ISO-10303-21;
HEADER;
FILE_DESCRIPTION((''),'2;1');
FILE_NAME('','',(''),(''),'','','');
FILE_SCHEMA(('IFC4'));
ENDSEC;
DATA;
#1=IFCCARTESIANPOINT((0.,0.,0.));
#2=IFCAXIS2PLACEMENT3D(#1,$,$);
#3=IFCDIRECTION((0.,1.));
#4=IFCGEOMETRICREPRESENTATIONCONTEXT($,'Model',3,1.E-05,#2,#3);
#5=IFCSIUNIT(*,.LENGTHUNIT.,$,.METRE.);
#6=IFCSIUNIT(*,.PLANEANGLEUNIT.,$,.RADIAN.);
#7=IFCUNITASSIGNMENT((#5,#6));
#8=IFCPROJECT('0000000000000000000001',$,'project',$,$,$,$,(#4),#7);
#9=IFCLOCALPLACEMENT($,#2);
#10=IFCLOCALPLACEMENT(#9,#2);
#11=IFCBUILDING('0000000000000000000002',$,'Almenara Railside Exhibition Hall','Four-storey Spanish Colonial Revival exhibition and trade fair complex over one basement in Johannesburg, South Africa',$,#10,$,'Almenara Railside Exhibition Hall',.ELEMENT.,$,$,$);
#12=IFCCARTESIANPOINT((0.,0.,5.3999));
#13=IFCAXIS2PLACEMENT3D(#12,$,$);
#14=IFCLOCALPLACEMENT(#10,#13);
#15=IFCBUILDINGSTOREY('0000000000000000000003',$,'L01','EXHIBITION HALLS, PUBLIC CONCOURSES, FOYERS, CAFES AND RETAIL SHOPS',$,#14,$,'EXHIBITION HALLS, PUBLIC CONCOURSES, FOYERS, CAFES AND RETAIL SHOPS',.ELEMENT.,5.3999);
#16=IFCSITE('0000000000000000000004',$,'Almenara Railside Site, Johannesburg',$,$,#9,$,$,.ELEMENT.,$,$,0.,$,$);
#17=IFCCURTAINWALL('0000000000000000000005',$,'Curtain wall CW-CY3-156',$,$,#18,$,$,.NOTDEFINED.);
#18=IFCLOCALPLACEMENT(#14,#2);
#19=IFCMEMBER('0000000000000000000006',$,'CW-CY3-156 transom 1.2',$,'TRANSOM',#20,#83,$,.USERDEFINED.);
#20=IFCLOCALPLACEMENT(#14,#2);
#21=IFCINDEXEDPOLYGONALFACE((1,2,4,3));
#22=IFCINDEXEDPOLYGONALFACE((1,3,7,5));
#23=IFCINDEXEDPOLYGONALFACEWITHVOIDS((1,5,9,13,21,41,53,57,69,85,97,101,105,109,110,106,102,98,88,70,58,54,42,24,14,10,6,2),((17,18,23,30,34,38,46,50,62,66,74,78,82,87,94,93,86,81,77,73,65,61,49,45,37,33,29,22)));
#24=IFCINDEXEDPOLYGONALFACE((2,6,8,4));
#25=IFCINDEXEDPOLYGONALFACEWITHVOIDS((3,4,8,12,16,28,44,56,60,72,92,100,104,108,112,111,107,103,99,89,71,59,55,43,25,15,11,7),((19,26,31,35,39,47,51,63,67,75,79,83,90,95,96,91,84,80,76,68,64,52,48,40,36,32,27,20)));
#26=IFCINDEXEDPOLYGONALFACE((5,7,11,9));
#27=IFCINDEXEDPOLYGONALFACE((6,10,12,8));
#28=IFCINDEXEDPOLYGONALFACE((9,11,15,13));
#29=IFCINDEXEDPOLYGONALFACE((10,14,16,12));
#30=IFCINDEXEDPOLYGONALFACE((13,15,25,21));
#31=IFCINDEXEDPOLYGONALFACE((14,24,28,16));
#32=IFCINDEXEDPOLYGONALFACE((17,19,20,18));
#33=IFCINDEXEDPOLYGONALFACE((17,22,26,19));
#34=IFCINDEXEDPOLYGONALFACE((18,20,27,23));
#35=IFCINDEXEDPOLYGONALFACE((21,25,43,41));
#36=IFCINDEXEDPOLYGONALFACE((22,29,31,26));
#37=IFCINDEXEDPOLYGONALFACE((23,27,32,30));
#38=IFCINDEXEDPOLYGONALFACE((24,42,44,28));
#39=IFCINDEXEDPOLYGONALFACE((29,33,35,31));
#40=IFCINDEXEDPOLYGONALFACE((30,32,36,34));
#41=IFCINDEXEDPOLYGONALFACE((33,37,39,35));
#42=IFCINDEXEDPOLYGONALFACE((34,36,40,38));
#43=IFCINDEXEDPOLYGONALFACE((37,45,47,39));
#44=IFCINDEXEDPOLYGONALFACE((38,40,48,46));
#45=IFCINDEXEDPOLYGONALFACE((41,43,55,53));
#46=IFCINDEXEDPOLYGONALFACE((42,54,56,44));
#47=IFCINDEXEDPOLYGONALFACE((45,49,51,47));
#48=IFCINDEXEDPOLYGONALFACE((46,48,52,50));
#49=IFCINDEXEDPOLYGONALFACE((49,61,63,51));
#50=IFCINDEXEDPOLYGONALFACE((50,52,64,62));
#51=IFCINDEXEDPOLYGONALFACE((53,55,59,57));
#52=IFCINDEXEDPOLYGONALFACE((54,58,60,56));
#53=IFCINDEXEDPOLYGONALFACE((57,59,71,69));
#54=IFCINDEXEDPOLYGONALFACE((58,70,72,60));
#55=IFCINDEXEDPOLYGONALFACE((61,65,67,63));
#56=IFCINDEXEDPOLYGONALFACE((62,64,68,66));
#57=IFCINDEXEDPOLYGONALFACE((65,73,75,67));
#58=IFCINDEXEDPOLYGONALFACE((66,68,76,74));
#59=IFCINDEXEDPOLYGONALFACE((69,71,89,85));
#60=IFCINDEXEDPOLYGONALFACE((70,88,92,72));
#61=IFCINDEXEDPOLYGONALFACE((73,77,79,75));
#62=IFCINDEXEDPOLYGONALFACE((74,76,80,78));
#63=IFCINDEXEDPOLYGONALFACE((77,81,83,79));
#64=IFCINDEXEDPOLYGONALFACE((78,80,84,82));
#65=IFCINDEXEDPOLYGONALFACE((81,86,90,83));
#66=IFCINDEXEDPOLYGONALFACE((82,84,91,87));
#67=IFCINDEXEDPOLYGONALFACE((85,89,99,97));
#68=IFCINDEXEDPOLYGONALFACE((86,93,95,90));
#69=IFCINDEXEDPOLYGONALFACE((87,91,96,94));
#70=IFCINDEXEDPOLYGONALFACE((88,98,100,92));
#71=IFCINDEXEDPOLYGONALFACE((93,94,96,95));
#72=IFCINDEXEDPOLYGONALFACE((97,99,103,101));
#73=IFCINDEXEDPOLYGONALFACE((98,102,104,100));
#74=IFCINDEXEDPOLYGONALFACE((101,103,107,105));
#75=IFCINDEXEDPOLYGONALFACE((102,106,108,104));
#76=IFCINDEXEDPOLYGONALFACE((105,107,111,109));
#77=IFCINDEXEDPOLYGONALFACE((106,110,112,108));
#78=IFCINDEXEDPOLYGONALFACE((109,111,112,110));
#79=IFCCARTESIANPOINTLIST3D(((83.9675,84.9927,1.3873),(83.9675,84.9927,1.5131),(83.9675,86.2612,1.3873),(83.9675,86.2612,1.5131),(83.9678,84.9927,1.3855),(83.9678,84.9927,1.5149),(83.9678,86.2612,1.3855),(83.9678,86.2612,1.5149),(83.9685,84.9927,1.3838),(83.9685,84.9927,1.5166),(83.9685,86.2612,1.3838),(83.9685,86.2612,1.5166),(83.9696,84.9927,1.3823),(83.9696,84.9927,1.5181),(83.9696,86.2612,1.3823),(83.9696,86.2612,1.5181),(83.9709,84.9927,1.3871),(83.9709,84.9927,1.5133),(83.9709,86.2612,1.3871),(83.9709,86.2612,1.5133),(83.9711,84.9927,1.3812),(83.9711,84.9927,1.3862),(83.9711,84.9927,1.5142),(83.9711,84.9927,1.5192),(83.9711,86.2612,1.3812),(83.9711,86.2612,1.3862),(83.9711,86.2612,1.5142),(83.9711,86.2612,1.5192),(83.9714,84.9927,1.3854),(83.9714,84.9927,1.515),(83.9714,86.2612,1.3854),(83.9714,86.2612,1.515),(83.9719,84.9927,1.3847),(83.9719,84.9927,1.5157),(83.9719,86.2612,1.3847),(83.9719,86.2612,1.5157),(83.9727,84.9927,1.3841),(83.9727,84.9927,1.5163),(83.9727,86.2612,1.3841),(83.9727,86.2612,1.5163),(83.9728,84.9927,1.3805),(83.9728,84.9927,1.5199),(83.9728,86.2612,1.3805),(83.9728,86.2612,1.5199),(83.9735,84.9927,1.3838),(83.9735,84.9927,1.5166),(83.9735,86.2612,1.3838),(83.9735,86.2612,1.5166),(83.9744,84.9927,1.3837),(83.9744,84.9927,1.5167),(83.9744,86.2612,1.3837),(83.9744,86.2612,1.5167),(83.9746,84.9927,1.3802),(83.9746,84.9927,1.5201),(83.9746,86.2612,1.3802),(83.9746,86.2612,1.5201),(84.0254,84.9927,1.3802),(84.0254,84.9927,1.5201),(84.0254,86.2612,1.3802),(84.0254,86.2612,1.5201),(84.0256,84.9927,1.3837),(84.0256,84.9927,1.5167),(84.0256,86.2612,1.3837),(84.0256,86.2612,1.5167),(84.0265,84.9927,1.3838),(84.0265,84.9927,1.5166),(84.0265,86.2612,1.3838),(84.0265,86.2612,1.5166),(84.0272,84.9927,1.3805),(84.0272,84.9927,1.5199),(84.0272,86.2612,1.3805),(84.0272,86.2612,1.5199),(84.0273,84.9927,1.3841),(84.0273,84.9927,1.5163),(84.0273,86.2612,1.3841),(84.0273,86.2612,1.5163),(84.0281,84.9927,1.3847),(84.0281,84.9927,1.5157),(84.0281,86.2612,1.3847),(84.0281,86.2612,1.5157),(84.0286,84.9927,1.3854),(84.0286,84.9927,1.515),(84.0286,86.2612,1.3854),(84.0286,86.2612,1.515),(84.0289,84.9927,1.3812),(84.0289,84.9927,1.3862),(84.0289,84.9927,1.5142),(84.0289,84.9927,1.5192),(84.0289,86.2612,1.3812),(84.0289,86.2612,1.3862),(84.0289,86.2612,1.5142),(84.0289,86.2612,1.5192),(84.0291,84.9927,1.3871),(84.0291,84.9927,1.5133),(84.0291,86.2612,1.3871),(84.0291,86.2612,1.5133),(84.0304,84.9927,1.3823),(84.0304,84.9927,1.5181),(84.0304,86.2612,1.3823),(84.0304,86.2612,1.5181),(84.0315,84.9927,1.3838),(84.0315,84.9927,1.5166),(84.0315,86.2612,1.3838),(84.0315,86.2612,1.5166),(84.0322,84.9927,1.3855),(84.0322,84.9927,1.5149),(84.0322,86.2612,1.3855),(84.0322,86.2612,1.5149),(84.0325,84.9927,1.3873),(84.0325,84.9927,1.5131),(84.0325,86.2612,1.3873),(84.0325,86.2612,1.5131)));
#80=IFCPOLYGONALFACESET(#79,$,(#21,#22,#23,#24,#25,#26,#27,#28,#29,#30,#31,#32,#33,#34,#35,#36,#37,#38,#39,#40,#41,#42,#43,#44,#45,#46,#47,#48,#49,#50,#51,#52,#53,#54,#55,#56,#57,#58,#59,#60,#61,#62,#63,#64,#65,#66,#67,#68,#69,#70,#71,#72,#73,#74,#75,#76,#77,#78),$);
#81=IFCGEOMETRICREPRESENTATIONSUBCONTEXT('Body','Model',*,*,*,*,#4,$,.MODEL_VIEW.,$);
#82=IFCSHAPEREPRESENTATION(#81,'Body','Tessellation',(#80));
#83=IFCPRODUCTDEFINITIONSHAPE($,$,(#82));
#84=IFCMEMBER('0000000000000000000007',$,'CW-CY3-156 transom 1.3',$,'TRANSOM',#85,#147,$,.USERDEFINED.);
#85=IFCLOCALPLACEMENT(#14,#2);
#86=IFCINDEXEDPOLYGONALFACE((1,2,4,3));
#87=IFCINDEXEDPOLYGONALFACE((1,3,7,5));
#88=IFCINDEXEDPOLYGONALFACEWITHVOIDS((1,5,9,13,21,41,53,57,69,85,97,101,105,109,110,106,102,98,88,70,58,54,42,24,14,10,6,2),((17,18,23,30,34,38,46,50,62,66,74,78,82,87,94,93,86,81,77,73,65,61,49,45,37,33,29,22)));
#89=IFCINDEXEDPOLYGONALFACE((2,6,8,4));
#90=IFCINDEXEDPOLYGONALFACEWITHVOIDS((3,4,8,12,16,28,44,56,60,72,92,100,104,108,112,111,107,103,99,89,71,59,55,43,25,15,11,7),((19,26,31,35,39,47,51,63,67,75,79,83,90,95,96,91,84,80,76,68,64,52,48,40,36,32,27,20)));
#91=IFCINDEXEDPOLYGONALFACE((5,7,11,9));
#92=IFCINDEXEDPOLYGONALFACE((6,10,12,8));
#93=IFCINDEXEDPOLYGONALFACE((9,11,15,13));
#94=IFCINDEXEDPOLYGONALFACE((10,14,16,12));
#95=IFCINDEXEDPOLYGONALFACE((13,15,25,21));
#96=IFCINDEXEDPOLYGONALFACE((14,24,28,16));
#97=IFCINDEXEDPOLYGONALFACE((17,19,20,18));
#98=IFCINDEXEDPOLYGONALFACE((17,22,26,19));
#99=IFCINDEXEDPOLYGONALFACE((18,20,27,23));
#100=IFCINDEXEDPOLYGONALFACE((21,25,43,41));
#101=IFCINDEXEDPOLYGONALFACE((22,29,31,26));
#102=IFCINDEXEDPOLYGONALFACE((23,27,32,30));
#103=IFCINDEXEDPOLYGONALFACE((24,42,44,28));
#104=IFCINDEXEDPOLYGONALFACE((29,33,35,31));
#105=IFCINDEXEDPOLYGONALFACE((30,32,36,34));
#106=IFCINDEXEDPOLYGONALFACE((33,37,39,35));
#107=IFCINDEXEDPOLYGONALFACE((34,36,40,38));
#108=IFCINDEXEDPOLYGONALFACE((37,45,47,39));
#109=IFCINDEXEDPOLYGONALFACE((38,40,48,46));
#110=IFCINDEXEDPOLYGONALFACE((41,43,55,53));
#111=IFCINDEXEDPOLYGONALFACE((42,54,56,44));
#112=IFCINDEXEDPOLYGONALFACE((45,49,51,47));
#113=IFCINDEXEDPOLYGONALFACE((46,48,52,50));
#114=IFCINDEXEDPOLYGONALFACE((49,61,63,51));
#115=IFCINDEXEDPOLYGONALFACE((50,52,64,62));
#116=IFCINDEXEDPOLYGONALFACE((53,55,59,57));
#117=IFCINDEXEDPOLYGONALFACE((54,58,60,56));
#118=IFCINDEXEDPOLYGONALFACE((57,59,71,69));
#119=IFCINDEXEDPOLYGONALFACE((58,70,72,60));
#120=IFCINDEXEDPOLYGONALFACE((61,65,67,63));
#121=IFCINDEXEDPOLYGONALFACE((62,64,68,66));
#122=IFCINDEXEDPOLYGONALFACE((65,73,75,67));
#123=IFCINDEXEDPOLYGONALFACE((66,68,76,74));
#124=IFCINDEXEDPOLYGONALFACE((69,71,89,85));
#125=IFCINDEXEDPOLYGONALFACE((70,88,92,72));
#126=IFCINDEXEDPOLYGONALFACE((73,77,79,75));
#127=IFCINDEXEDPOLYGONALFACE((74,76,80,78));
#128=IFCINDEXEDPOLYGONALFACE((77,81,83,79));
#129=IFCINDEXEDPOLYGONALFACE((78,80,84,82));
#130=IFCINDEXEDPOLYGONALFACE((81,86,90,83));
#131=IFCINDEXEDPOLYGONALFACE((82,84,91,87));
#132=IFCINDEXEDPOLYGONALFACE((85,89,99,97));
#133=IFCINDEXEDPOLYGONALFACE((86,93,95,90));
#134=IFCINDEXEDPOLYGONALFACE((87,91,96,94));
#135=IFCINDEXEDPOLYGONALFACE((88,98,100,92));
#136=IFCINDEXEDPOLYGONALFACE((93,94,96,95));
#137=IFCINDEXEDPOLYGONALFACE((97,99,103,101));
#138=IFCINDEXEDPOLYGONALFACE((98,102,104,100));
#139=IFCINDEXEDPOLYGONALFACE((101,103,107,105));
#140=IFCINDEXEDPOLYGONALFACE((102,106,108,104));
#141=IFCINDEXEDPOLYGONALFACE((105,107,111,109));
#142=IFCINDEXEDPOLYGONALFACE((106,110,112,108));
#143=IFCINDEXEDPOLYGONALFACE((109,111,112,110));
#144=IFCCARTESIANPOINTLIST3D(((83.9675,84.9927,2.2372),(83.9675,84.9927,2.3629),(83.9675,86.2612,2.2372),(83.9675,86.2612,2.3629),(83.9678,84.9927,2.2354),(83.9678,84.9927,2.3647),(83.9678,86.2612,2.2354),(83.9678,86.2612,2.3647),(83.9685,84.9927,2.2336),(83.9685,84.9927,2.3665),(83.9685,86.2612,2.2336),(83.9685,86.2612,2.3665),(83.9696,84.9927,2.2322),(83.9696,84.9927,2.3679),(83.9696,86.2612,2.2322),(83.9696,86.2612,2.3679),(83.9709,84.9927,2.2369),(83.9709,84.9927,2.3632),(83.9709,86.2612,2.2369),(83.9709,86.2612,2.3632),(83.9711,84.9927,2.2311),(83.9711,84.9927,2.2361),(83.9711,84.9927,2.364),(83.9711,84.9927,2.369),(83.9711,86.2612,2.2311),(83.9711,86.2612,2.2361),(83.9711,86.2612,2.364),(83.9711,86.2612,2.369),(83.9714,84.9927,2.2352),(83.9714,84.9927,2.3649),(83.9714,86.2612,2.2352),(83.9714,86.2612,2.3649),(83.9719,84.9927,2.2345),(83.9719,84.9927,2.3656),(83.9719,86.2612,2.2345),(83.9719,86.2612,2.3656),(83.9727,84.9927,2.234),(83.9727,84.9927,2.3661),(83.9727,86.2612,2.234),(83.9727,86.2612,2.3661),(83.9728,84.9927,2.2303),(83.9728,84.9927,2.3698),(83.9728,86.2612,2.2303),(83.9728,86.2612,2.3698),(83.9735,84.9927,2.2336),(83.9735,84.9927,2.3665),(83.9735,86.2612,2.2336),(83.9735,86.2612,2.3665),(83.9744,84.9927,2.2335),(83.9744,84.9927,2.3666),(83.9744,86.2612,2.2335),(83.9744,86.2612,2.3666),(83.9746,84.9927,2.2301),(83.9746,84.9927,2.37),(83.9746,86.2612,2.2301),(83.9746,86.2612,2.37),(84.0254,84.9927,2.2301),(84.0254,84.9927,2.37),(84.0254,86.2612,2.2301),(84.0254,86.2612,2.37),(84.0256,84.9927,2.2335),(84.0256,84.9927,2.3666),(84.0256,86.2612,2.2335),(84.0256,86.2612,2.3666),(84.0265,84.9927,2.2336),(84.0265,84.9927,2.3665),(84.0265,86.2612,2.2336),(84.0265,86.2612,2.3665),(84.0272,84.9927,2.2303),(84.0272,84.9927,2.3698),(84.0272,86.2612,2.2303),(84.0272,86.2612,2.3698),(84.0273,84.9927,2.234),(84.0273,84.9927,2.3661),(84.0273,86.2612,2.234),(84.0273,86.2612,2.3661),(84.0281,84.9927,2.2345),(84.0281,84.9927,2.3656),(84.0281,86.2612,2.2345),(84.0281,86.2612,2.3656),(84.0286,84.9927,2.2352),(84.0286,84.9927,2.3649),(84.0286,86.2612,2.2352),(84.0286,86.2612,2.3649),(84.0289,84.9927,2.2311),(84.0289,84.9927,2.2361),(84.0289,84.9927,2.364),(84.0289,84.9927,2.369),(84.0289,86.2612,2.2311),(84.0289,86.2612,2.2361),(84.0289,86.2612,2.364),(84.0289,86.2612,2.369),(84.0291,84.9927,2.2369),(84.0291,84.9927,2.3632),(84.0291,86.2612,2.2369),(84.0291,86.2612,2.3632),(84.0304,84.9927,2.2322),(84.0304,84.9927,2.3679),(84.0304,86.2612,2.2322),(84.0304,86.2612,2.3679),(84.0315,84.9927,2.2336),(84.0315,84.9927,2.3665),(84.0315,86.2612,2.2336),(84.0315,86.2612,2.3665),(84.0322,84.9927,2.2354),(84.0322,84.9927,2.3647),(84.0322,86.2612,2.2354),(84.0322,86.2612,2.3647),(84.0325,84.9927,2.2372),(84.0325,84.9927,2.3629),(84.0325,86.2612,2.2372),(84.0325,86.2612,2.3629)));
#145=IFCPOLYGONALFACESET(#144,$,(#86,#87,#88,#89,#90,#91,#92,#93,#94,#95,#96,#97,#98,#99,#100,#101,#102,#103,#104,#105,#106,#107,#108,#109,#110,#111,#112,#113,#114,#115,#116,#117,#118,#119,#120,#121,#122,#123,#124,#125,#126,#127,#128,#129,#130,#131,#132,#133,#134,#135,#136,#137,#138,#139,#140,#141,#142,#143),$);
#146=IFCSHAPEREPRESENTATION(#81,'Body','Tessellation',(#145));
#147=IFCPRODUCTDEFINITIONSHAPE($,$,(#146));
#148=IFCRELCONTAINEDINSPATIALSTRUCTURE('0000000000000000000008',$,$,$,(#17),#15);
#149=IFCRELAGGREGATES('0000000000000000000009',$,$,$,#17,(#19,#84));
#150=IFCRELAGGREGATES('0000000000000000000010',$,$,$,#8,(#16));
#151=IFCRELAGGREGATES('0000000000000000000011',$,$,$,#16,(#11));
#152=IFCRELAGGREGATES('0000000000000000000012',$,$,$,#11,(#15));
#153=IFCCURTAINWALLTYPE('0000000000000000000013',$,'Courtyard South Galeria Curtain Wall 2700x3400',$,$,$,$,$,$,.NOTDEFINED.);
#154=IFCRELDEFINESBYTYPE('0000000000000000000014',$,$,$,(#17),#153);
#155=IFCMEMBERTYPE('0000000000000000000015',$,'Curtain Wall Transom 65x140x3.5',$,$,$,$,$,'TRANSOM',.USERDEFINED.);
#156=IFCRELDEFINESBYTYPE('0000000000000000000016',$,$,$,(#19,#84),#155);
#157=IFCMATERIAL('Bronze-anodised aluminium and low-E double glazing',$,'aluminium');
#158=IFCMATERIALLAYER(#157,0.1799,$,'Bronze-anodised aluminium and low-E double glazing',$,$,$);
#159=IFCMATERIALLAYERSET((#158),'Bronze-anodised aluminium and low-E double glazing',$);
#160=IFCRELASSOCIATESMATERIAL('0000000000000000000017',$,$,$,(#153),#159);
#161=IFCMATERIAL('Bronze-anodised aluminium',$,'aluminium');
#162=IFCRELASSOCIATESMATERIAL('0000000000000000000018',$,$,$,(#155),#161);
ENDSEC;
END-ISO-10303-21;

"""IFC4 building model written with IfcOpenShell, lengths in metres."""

from ifc_helpers import new_model, si_unit, direction, frame, origin, origin_2d, place, context, subcontext, project, spatial, hollow_rectangle, extrude, material, layer, layer_set, material_profile, profile_set, type_object, element, aggregate, save


model = new_model("IFC4")

# Units and contexts
model_context = context("Model", 3, precision=1e-05, world=origin(), true_north=direction((0.0, 1.0)))
body_context = subcontext(model_context, "Body", "Model", "MODEL_VIEW")
ifc_project = project(units=[si_unit("LENGTHUNIT", "METRE"), si_unit("PLANEANGLEUNIT", "RADIAN")], contexts=[model_context])

# Site, building, storey
site_placement = place(None, origin())
site = spatial("IfcSite", under=ifc_project, at=site_placement, Name="Almenara Railside Site, Johannesburg", CompositionType="ELEMENT", RefElevation=0.0)
building_placement = place(site_placement, origin())
building = spatial("IfcBuilding", under=site, at=building_placement, Name="Almenara Railside Exhibition Hall", Description="Four-storey Spanish Colonial Revival exhibition and trade fair complex over one basement in Johannesburg, South Africa", LongName="Almenara Railside Exhibition Hall", CompositionType="ELEMENT")
storey_placement = place(building_placement, frame((0.0, 0.0, 5.3999)))
storey = spatial("IfcBuildingStorey", under=building, at=storey_placement, Name="L01", Description="EXHIBITION HALLS, PUBLIC CONCOURSES, FOYERS, CAFES AND RETAIL SHOPS", LongName="EXHIBITION HALLS, PUBLIC CONCOURSES, FOYERS, CAFES AND RETAIL SHOPS", CompositionType="ELEMENT", Elevation=5.3999)

# Shared definitions
ifc_material_1 = material(Name="Bronze-anodised aluminium and low-E double glazing", Category="aluminium")
ifc_layer_1 = layer(ifc_material_1, 0.1799, Name="Bronze-anodised aluminium and low-E double glazing")
ifc_layer_set_1 = layer_set([ifc_layer_1], Name="Bronze-anodised aluminium and low-E double glazing")
curtain_wall_type = type_object("IfcCurtainWallType", Name="Courtyard South Galeria Curtain Wall 2700x3400", PredefinedType="NOTDEFINED", material=ifc_layer_set_1)
ifc_material_2 = material(Name="Bronze-anodised aluminium", Category="aluminium")

# Curtain wall
curtain_wall_1_placement = place(storey_placement, origin())
curtain_wall_1 = element("IfcCurtainWall", 1, at=curtain_wall_1_placement, inside=storey, type_object=curtain_wall_type, Name="Curtain wall CW-CY3-156", PredefinedType="NOTDEFINED")

# Members
ifc_material_profile_1 = material_profile(ifc_material_2, hollow_rectangle(XDim=0.0649, YDim=0.1399, WallThickness=0.0034, InnerFilletRadius=0.0034, OuterFilletRadius=0.0071, at=origin_2d()), Name="ALU-TRN 65x140x3.5")
ifc_profile_set_1 = profile_set([ifc_material_profile_1], Name="Bronze-anodised aluminium")
member_type_1 = type_object("IfcMemberType", Name="Curtain Wall Transom 65x140x3.5", ElementType="TRANSOM", PredefinedType="USERDEFINED", material=ifc_profile_set_1)
member_1_placement = place(storey_placement, frame((84.0, 86.2612, 1.4502), z_axis=(0.0, -1.0, 0.0), x_axis=(1.0, 0.0, 0.0)))
member_1 = element("IfcMember", 2, at=member_1_placement, type_object=member_type_1, Name="CW-CY3-156 transom 1.2", ObjectType="TRANSOM", PredefinedType="USERDEFINED", context=body_context, shape_type="SweptSolid", body=[
    extrude(hollow_rectangle(XDim=0.0649, YDim=0.1399, WallThickness=0.0034, InnerFilletRadius=0.0034, OuterFilletRadius=0.0071, at=origin_2d()), origin(), (0.0, 0.0, 1.0), 1.2686),
])
member_2_placement = place(storey_placement, frame((84.0, 86.2612, 2.3), z_axis=(0.0, -1.0, 0.0), x_axis=(1.0, 0.0, 0.0)))
member_2 = element("IfcMember", 3, at=member_2_placement, type_object=member_type_1, Name="CW-CY3-156 transom 1.3", ObjectType="TRANSOM", PredefinedType="USERDEFINED", context=body_context, shape_type="SweptSolid", body=[
    extrude(hollow_rectangle(XDim=0.0649, YDim=0.1399, WallThickness=0.0034, InnerFilletRadius=0.0034, OuterFilletRadius=0.0071, at=origin_2d()), origin(), (0.0, 0.0, 1.0), 1.2686),
])

aggregate(curtain_wall_1, [member_1, member_2])

save(model, "model.ifc")
